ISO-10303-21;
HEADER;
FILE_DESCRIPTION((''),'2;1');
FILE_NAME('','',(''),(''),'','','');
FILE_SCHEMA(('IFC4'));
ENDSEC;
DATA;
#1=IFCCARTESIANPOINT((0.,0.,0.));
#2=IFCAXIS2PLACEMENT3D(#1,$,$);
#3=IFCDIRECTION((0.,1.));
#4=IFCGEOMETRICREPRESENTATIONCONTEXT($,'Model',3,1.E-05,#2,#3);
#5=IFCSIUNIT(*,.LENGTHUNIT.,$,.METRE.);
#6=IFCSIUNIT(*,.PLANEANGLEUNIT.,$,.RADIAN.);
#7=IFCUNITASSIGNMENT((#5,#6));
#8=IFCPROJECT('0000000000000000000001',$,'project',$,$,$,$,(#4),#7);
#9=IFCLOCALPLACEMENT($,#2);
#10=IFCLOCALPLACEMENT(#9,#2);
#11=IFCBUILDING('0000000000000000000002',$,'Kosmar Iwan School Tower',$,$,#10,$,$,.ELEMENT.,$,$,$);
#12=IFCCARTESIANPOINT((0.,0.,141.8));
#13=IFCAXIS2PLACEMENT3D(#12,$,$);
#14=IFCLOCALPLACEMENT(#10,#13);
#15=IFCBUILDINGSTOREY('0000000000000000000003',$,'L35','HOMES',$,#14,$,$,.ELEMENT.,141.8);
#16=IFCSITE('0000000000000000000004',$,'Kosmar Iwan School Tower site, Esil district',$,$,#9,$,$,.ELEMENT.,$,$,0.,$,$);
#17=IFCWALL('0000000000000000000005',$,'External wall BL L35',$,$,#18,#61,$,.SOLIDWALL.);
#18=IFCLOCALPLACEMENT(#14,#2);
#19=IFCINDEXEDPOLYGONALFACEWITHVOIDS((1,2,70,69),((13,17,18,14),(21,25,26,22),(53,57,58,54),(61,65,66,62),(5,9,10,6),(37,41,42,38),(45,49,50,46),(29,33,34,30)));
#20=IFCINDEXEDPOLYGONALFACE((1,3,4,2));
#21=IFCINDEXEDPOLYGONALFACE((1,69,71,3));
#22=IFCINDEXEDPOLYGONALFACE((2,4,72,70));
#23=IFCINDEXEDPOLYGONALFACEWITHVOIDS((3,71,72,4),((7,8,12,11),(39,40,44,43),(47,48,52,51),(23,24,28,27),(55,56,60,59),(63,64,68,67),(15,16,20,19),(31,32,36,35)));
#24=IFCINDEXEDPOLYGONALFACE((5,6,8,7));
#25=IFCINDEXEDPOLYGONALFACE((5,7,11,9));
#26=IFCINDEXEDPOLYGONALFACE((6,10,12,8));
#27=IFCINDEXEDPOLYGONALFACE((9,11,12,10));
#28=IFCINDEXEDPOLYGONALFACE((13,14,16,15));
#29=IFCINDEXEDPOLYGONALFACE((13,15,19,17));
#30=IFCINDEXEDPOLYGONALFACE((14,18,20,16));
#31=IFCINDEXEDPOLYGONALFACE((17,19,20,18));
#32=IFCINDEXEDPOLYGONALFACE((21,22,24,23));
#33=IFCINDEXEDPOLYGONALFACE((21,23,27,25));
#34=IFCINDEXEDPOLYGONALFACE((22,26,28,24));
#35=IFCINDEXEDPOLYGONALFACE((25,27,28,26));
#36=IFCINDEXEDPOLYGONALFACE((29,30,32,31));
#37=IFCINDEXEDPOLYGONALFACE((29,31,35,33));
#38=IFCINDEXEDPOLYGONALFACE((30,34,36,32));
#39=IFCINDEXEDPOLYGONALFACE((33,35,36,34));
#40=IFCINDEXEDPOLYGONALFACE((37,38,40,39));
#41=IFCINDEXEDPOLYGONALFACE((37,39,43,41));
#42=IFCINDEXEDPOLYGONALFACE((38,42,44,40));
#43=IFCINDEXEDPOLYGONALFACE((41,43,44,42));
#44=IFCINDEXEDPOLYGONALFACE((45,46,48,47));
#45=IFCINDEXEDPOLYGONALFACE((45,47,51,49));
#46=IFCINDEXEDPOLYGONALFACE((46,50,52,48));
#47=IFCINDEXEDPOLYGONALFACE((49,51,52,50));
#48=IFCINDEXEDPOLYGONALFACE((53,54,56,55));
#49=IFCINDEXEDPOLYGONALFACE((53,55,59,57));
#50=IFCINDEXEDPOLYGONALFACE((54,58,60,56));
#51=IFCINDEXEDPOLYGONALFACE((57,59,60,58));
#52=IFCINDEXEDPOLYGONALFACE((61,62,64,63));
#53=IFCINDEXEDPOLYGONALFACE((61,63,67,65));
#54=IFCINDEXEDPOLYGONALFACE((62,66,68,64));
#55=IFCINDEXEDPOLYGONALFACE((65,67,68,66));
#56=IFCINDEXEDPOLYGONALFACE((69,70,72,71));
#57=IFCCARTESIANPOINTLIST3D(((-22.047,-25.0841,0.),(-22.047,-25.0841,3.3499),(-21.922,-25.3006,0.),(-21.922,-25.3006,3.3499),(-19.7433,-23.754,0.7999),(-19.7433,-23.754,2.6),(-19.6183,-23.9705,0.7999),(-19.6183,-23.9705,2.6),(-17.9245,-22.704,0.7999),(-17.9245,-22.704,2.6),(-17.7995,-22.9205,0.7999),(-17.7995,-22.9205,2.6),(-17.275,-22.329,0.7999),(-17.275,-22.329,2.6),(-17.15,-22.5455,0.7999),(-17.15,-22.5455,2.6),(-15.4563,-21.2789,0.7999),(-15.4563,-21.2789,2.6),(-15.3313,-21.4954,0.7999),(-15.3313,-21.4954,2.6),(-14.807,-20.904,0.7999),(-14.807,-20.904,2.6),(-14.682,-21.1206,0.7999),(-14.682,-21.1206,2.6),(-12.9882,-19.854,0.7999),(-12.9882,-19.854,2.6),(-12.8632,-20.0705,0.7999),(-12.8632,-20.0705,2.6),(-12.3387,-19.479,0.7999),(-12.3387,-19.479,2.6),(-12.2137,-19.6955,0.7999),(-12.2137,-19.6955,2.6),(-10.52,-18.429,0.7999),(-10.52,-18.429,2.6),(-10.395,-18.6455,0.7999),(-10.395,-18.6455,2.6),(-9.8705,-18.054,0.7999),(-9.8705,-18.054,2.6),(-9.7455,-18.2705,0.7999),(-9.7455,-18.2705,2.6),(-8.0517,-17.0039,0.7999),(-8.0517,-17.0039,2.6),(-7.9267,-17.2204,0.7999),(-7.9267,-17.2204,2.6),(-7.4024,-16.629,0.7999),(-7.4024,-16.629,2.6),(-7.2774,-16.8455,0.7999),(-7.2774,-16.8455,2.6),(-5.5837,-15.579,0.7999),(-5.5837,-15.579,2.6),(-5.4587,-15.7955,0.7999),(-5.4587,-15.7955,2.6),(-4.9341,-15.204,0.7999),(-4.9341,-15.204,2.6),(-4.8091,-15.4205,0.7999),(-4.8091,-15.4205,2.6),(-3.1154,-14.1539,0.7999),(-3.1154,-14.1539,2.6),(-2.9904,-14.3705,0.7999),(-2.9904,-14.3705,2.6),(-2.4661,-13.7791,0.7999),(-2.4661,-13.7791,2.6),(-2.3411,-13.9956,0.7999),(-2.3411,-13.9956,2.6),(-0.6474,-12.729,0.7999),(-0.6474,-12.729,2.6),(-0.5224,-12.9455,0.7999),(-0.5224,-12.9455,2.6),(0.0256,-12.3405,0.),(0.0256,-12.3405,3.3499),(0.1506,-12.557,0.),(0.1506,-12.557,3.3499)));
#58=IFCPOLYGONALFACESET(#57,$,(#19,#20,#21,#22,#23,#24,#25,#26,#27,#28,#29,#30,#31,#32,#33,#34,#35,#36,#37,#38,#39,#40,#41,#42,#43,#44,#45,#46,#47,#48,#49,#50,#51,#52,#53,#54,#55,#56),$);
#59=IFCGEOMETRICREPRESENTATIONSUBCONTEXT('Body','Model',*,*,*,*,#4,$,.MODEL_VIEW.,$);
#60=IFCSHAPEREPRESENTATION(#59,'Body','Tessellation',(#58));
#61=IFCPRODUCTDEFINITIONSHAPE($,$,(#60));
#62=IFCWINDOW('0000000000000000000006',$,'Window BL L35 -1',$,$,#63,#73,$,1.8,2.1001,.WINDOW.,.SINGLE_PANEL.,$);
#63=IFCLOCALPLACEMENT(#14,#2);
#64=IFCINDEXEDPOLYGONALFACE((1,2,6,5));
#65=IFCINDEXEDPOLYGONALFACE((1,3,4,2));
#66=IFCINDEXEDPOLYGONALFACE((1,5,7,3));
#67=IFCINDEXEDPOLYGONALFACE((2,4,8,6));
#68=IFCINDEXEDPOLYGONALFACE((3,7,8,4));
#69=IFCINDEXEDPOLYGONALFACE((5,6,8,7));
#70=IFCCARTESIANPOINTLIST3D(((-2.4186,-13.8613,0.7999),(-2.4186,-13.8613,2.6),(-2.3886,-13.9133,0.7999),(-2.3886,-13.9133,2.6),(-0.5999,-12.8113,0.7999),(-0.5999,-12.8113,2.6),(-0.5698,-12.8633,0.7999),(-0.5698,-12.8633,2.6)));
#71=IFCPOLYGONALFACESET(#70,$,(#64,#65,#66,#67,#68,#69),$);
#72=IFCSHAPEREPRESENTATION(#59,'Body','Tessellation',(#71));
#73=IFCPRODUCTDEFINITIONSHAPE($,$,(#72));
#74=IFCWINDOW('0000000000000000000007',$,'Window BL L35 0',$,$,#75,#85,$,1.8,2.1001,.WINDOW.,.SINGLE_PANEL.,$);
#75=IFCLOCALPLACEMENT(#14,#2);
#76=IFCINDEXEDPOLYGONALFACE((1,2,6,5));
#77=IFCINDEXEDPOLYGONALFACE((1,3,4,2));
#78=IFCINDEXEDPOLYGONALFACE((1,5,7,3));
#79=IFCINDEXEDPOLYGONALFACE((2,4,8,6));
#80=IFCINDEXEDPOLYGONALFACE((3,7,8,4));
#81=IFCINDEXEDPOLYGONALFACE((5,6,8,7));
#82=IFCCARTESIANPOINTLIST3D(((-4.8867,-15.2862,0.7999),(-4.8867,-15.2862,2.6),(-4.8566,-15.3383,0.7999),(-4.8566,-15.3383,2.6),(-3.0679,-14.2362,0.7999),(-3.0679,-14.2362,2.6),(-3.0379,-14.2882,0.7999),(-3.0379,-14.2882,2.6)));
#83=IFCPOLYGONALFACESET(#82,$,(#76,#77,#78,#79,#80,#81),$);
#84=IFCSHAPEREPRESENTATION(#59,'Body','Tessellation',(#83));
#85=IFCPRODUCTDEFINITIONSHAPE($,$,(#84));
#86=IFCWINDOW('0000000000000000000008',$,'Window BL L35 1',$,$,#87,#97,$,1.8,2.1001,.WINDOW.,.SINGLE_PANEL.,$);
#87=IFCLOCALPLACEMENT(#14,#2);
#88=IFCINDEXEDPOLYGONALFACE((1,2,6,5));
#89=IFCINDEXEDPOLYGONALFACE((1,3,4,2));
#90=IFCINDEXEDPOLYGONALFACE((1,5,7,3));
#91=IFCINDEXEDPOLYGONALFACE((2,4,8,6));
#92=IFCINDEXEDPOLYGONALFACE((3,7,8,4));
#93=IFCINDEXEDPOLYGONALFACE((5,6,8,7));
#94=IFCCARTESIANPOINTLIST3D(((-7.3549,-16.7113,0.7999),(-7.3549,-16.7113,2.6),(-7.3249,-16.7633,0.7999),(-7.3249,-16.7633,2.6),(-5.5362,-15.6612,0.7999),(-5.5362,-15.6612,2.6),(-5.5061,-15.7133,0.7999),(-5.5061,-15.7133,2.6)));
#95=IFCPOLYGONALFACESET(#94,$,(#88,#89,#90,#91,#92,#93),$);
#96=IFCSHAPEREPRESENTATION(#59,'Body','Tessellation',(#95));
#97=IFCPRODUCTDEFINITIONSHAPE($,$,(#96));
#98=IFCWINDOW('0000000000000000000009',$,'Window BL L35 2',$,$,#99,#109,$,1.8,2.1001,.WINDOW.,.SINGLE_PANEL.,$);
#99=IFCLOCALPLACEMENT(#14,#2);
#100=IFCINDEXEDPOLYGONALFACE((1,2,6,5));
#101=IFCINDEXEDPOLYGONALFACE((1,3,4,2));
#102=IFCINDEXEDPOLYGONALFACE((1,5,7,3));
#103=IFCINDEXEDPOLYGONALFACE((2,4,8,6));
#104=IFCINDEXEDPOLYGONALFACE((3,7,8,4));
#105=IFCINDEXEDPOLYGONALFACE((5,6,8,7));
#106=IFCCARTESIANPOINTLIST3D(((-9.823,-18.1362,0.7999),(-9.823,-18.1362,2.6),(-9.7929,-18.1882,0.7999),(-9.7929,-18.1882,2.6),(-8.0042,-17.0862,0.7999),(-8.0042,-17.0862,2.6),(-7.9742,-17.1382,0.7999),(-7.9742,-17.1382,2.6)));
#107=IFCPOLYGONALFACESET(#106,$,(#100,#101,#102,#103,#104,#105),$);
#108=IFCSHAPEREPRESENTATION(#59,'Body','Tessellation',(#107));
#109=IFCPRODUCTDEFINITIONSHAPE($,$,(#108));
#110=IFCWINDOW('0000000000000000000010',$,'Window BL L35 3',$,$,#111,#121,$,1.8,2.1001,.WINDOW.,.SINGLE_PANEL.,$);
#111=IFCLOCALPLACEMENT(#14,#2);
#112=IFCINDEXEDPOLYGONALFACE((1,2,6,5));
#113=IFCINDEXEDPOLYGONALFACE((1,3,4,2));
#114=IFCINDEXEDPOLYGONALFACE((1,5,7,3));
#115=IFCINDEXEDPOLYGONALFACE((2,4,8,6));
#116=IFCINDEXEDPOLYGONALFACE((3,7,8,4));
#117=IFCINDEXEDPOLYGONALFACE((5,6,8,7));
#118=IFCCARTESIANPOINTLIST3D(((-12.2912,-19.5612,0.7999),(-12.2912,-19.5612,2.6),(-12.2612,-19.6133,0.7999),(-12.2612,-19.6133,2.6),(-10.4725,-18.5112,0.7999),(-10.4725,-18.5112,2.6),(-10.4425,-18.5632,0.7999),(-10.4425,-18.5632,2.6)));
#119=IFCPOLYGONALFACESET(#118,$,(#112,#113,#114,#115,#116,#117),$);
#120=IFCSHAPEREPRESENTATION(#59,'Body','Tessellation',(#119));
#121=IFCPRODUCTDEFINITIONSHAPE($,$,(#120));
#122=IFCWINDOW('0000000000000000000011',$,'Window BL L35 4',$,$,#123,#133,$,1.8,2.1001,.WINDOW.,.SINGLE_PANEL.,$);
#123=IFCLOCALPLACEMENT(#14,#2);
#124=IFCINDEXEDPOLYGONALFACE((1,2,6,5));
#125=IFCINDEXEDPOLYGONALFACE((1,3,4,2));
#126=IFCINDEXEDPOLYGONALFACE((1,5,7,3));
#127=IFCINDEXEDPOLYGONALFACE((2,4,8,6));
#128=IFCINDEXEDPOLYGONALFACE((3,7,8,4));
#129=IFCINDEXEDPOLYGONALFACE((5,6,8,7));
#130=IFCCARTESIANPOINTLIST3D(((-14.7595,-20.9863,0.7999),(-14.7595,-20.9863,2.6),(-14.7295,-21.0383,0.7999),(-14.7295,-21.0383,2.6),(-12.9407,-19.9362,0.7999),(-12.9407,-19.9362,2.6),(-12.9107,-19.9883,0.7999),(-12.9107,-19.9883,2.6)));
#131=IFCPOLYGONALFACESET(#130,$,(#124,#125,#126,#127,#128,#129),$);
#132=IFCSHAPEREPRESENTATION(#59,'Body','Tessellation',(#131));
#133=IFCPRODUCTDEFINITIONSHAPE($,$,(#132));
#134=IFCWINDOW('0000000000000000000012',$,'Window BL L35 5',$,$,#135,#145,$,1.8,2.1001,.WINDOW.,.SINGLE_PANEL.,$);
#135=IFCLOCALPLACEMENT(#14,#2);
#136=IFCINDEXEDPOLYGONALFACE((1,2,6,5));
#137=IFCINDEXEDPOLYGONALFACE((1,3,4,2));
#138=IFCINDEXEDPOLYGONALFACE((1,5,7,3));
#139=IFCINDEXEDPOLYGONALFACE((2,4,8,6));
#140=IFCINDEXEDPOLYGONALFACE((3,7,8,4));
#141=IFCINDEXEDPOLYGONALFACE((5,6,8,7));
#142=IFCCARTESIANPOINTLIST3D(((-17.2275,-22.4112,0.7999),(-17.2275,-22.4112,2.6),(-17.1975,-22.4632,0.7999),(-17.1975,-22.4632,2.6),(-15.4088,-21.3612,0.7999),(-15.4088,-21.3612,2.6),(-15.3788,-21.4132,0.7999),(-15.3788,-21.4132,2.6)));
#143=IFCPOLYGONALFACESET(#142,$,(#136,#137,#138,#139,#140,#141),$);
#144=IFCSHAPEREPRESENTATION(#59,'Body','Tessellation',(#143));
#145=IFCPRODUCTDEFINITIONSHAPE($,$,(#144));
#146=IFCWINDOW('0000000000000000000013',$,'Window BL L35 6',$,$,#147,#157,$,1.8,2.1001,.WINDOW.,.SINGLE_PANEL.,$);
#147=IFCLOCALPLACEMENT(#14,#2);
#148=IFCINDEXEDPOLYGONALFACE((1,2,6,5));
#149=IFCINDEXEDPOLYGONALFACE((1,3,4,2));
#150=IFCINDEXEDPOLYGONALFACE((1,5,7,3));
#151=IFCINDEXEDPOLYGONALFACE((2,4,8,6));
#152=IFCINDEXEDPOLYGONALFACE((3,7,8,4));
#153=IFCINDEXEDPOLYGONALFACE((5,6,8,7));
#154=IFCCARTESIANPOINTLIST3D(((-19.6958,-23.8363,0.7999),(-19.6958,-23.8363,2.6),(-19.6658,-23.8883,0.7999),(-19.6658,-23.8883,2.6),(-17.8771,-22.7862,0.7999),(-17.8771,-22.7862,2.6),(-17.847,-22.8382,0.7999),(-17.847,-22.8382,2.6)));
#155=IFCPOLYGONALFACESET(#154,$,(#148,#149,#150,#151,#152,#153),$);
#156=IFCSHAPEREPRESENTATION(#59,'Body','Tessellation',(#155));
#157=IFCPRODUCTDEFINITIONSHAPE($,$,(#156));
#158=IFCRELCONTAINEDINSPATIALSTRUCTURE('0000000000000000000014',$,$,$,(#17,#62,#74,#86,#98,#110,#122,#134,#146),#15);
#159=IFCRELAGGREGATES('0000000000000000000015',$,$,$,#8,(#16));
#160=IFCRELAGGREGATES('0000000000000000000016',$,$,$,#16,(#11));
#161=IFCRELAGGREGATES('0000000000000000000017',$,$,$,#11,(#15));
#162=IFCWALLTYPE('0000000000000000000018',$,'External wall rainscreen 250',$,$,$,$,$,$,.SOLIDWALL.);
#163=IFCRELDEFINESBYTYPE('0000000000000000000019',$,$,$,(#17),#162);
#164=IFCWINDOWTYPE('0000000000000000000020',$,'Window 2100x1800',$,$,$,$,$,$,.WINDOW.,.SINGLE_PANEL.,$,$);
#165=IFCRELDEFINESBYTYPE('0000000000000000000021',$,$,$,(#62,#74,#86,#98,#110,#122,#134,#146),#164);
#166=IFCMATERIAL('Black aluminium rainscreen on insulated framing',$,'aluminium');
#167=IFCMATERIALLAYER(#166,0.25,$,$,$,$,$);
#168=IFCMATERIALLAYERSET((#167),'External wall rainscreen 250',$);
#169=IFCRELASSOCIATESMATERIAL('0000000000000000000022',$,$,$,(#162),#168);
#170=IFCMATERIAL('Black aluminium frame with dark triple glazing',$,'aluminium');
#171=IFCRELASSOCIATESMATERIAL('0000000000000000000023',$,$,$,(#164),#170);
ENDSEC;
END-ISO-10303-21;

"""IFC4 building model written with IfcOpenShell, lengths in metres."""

from ifc_helpers import new_model, si_unit, direction, frame, frame_2d, origin, place, context, subcontext, project, spatial, rectangle, extrude, material, layer, layer_set, type_object, element, fill, save


model = new_model("IFC4")

# Units and contexts
model_context = context("Model", 3, precision=1e-05, world=origin(), true_north=direction((0.0, 1.0)))
body_context = subcontext(model_context, "Body", "Model", "MODEL_VIEW")
ifc_project = project(units=[si_unit("LENGTHUNIT", "METRE"), si_unit("PLANEANGLEUNIT", "RADIAN")], contexts=[model_context])

# Site, building, storey
site_placement = place(None, origin())
site = spatial("IfcSite", under=ifc_project, at=site_placement, Name="Kosmar Iwan School Tower site, Esil district", CompositionType="ELEMENT", RefElevation=0.0)
building_placement = place(site_placement, origin())
building = spatial("IfcBuilding", under=site, at=building_placement, Name="Kosmar Iwan School Tower", CompositionType="ELEMENT")
storey_placement = place(building_placement, frame((0.0, 0.0, 141.8)))
storey = spatial("IfcBuildingStorey", under=building, at=storey_placement, Name="L35", Description="HOMES", CompositionType="ELEMENT", Elevation=141.8)

# Wall, openings, windows
ifc_material_1 = material(Name="Black aluminium rainscreen on insulated framing", Category="aluminium")
ifc_layer_1 = layer(ifc_material_1, 0.25)
ifc_layer_set_1 = layer_set([ifc_layer_1], Name="External wall rainscreen 250")
wall_type_1 = type_object("IfcWallType", Name="External wall rainscreen 250", PredefinedType="SOLIDWALL", material=ifc_layer_set_1)
wall_1_placement = place(storey_placement, frame((0.0881, -12.4487, 0.0), z_axis=(0.0, 0.0, 1.0), x_axis=(-0.866026, -0.499998, 0.0)))
wall_1 = element("IfcWall", 1, at=wall_1_placement, inside=storey, type_object=wall_type_1, Name="External wall BL L35", PredefinedType="SOLIDWALL", context=body_context, shape_type="SweptSolid", body=[
    extrude(rectangle(XDim=25.4873, YDim=0.25, at=frame_2d((12.7437, 0.0))), origin(), (0.0, 0.0, 1.0), 3.3499),
])
opening_1_placement = place(wall_1_placement, frame((0.7771, 0.0, 0.8)))
opening_1 = element("IfcOpeningElement", 2, at=opening_1_placement, cuts=wall_1, PredefinedType="OPENING", context=body_context, shape_type="SweptSolid", body=[
    extrude(rectangle(XDim=2.1001, YDim=1.8, at=frame_2d((1.05, 0.8999))), frame((0.0, 0.137, 0.0), z_axis=(0.0, -1.0, 0.0), x_axis=(1.0, 0.0, 0.0)), (0.0, 0.0, 1.0), 0.2739),
])
opening_2_placement = place(wall_1_placement, frame((3.627, 0.0, 0.8)))
opening_2 = element("IfcOpeningElement", 3, at=opening_2_placement, cuts=wall_1, PredefinedType="OPENING", context=body_context, shape_type="SweptSolid", body=[
    extrude(rectangle(XDim=2.1001, YDim=1.8, at=frame_2d((1.05, 0.8999))), frame((0.0, 0.137, 0.0), z_axis=(0.0, -1.0, 0.0), x_axis=(1.0, 0.0, 0.0)), (0.0, 0.0, 1.0), 0.2739),
])
opening_3_placement = place(wall_1_placement, frame((6.4771, 0.0, 0.8)))
opening_3 = element("IfcOpeningElement", 4, at=opening_3_placement, cuts=wall_1, PredefinedType="OPENING", context=body_context, shape_type="SweptSolid", body=[
    extrude(rectangle(XDim=2.1001, YDim=1.8, at=frame_2d((1.05, 0.8999))), frame((0.0, 0.137, 0.0), z_axis=(0.0, -1.0, 0.0), x_axis=(1.0, 0.0, 0.0)), (0.0, 0.0, 1.0), 0.2739),
])
opening_4_placement = place(wall_1_placement, frame((9.3269, 0.0, 0.8)))
opening_4 = element("IfcOpeningElement", 5, at=opening_4_placement, cuts=wall_1, PredefinedType="OPENING", context=body_context, shape_type="SweptSolid", body=[
    extrude(rectangle(XDim=2.1001, YDim=1.8, at=frame_2d((1.05, 0.8999))), frame((0.0, 0.137, 0.0), z_axis=(0.0, -1.0, 0.0), x_axis=(1.0, 0.0, 0.0)), (0.0, 0.0, 1.0), 0.2739),
])
opening_5_placement = place(wall_1_placement, frame((12.177, 0.0, 0.8)))
opening_5 = element("IfcOpeningElement", 6, at=opening_5_placement, cuts=wall_1, PredefinedType="OPENING", context=body_context, shape_type="SweptSolid", body=[
    extrude(rectangle(XDim=2.1001, YDim=1.8, at=frame_2d((1.05, 0.8999))), frame((0.0, 0.137, 0.0), z_axis=(0.0, -1.0, 0.0), x_axis=(1.0, 0.0, 0.0)), (0.0, 0.0, 1.0), 0.2739),
])
opening_6_placement = place(wall_1_placement, frame((15.0271, 0.0, 0.8)))
opening_6 = element("IfcOpeningElement", 7, at=opening_6_placement, cuts=wall_1, PredefinedType="OPENING", context=body_context, shape_type="SweptSolid", body=[
    extrude(rectangle(XDim=2.1001, YDim=1.8, at=frame_2d((1.05, 0.8999))), frame((0.0, 0.137, 0.0), z_axis=(0.0, -1.0, 0.0), x_axis=(1.0, 0.0, 0.0)), (0.0, 0.0, 1.0), 0.2739),
])
opening_7_placement = place(wall_1_placement, frame((17.877, 0.0, 0.8)))
opening_7 = element("IfcOpeningElement", 8, at=opening_7_placement, cuts=wall_1, PredefinedType="OPENING", context=body_context, shape_type="SweptSolid", body=[
    extrude(rectangle(XDim=2.1001, YDim=1.8, at=frame_2d((1.05, 0.8999))), frame((0.0, 0.137, 0.0), z_axis=(0.0, -1.0, 0.0), x_axis=(1.0, 0.0, 0.0)), (0.0, 0.0, 1.0), 0.2739),
])
opening_8_placement = place(wall_1_placement, frame((20.7271, 0.0, 0.8)))
opening_8 = element("IfcOpeningElement", 9, at=opening_8_placement, cuts=wall_1, PredefinedType="OPENING", context=body_context, shape_type="SweptSolid", body=[
    extrude(rectangle(XDim=2.1001, YDim=1.8, at=frame_2d((1.05, 0.8999))), frame((0.0, 0.137, 0.0), z_axis=(0.0, -1.0, 0.0), x_axis=(1.0, 0.0, 0.0)), (0.0, 0.0, 1.0), 0.2739),
])
ifc_material_2 = material(Name="Black aluminium frame with dark triple glazing", Category="aluminium")
window_type = type_object("IfcWindowType", Name="Window 2100x1800", PartitioningType="SINGLE_PANEL", PredefinedType="WINDOW", material=ifc_material_2)
window_1_placement = place(opening_1_placement, origin())
window_1 = element("IfcWindow", 10, at=window_1_placement, inside=storey, type_object=window_type, Name="Window BL L35 -1", OverallHeight=1.8, OverallWidth=2.1001, PartitioningType="SINGLE_PANEL", PredefinedType="WINDOW", context=body_context, shape_type="SweptSolid", body=[
    extrude(rectangle(XDim=2.1001, YDim=1.8, at=frame_2d((1.05, 0.8999))), frame((0.0, 0.03, 0.0), z_axis=(0.0, -1.0, 0.0), x_axis=(1.0, 0.0, 0.0)), (0.0, 0.0, 1.0), 0.0601),
])
fill(opening_1, window_1)
window_2_placement = place(opening_2_placement, origin())
window_2 = element("IfcWindow", 11, at=window_2_placement, inside=storey, type_object=window_type, Name="Window BL L35 0", OverallHeight=1.8, OverallWidth=2.1001, PartitioningType="SINGLE_PANEL", PredefinedType="WINDOW", context=body_context, shape_type="SweptSolid", body=[
    extrude(rectangle(XDim=2.1001, YDim=1.8, at=frame_2d((1.05, 0.8999))), frame((0.0, 0.03, 0.0), z_axis=(0.0, -1.0, 0.0), x_axis=(1.0, 0.0, 0.0)), (0.0, 0.0, 1.0), 0.0601),
])
fill(opening_2, window_2)
window_3_placement = place(opening_3_placement, origin())
window_3 = element("IfcWindow", 12, at=window_3_placement, inside=storey, type_object=window_type, Name="Window BL L35 1", OverallHeight=1.8, OverallWidth=2.1001, PartitioningType="SINGLE_PANEL", PredefinedType="WINDOW", context=body_context, shape_type="SweptSolid", body=[
    extrude(rectangle(XDim=2.1001, YDim=1.8, at=frame_2d((1.05, 0.8999))), frame((0.0, 0.03, 0.0), z_axis=(0.0, -1.0, 0.0), x_axis=(1.0, 0.0, 0.0)), (0.0, 0.0, 1.0), 0.0601),
])
fill(opening_3, window_3)
window_4_placement = place(opening_4_placement, origin())
window_4 = element("IfcWindow", 13, at=window_4_placement, inside=storey, type_object=window_type, Name="Window BL L35 2", OverallHeight=1.8, OverallWidth=2.1001, PartitioningType="SINGLE_PANEL", PredefinedType="WINDOW", context=body_context, shape_type="SweptSolid", body=[
    extrude(rectangle(XDim=2.1001, YDim=1.8, at=frame_2d((1.05, 0.8999))), frame((0.0, 0.03, 0.0), z_axis=(0.0, -1.0, 0.0), x_axis=(1.0, 0.0, 0.0)), (0.0, 0.0, 1.0), 0.0601),
])
fill(opening_4, window_4)
window_5_placement = place(opening_5_placement, origin())
window_5 = element("IfcWindow", 14, at=window_5_placement, inside=storey, type_object=window_type, Name="Window BL L35 3", OverallHeight=1.8, OverallWidth=2.1001, PartitioningType="SINGLE_PANEL", PredefinedType="WINDOW", context=body_context, shape_type="SweptSolid", body=[
    extrude(rectangle(XDim=2.1001, YDim=1.8, at=frame_2d((1.05, 0.8999))), frame((0.0, 0.03, 0.0), z_axis=(0.0, -1.0, 0.0), x_axis=(1.0, 0.0, 0.0)), (0.0, 0.0, 1.0), 0.0601),
])
fill(opening_5, window_5)
window_6_placement = place(opening_6_placement, origin())
window_6 = element("IfcWindow", 15, at=window_6_placement, inside=storey, type_object=window_type, Name="Window BL L35 4", OverallHeight=1.8, OverallWidth=2.1001, PartitioningType="SINGLE_PANEL", PredefinedType="WINDOW", context=body_context, shape_type="SweptSolid", body=[
    extrude(rectangle(XDim=2.1001, YDim=1.8, at=frame_2d((1.05, 0.8999))), frame((0.0, 0.03, 0.0), z_axis=(0.0, -1.0, 0.0), x_axis=(1.0, 0.0, 0.0)), (0.0, 0.0, 1.0), 0.0601),
])
fill(opening_6, window_6)
window_7_placement = place(opening_7_placement, origin())
window_7 = element("IfcWindow", 16, at=window_7_placement, inside=storey, type_object=window_type, Name="Window BL L35 5", OverallHeight=1.8, OverallWidth=2.1001, PartitioningType="SINGLE_PANEL", PredefinedType="WINDOW", context=body_context, shape_type="SweptSolid", body=[
    extrude(rectangle(XDim=2.1001, YDim=1.8, at=frame_2d((1.05, 0.8999))), frame((0.0, 0.03, 0.0), z_axis=(0.0, -1.0, 0.0), x_axis=(1.0, 0.0, 0.0)), (0.0, 0.0, 1.0), 0.0601),
])
fill(opening_7, window_7)
window_8_placement = place(opening_8_placement, origin())
window_8 = element("IfcWindow", 17, at=window_8_placement, inside=storey, type_object=window_type, Name="Window BL L35 6", OverallHeight=1.8, OverallWidth=2.1001, PartitioningType="SINGLE_PANEL", PredefinedType="WINDOW", context=body_context, shape_type="SweptSolid", body=[
    extrude(rectangle(XDim=2.1001, YDim=1.8, at=frame_2d((1.05, 0.8999))), frame((0.0, 0.03, 0.0), z_axis=(0.0, -1.0, 0.0), x_axis=(1.0, 0.0, 0.0)), (0.0, 0.0, 1.0), 0.0601),
])
fill(opening_8, window_8)

save(model, "model.ifc")
